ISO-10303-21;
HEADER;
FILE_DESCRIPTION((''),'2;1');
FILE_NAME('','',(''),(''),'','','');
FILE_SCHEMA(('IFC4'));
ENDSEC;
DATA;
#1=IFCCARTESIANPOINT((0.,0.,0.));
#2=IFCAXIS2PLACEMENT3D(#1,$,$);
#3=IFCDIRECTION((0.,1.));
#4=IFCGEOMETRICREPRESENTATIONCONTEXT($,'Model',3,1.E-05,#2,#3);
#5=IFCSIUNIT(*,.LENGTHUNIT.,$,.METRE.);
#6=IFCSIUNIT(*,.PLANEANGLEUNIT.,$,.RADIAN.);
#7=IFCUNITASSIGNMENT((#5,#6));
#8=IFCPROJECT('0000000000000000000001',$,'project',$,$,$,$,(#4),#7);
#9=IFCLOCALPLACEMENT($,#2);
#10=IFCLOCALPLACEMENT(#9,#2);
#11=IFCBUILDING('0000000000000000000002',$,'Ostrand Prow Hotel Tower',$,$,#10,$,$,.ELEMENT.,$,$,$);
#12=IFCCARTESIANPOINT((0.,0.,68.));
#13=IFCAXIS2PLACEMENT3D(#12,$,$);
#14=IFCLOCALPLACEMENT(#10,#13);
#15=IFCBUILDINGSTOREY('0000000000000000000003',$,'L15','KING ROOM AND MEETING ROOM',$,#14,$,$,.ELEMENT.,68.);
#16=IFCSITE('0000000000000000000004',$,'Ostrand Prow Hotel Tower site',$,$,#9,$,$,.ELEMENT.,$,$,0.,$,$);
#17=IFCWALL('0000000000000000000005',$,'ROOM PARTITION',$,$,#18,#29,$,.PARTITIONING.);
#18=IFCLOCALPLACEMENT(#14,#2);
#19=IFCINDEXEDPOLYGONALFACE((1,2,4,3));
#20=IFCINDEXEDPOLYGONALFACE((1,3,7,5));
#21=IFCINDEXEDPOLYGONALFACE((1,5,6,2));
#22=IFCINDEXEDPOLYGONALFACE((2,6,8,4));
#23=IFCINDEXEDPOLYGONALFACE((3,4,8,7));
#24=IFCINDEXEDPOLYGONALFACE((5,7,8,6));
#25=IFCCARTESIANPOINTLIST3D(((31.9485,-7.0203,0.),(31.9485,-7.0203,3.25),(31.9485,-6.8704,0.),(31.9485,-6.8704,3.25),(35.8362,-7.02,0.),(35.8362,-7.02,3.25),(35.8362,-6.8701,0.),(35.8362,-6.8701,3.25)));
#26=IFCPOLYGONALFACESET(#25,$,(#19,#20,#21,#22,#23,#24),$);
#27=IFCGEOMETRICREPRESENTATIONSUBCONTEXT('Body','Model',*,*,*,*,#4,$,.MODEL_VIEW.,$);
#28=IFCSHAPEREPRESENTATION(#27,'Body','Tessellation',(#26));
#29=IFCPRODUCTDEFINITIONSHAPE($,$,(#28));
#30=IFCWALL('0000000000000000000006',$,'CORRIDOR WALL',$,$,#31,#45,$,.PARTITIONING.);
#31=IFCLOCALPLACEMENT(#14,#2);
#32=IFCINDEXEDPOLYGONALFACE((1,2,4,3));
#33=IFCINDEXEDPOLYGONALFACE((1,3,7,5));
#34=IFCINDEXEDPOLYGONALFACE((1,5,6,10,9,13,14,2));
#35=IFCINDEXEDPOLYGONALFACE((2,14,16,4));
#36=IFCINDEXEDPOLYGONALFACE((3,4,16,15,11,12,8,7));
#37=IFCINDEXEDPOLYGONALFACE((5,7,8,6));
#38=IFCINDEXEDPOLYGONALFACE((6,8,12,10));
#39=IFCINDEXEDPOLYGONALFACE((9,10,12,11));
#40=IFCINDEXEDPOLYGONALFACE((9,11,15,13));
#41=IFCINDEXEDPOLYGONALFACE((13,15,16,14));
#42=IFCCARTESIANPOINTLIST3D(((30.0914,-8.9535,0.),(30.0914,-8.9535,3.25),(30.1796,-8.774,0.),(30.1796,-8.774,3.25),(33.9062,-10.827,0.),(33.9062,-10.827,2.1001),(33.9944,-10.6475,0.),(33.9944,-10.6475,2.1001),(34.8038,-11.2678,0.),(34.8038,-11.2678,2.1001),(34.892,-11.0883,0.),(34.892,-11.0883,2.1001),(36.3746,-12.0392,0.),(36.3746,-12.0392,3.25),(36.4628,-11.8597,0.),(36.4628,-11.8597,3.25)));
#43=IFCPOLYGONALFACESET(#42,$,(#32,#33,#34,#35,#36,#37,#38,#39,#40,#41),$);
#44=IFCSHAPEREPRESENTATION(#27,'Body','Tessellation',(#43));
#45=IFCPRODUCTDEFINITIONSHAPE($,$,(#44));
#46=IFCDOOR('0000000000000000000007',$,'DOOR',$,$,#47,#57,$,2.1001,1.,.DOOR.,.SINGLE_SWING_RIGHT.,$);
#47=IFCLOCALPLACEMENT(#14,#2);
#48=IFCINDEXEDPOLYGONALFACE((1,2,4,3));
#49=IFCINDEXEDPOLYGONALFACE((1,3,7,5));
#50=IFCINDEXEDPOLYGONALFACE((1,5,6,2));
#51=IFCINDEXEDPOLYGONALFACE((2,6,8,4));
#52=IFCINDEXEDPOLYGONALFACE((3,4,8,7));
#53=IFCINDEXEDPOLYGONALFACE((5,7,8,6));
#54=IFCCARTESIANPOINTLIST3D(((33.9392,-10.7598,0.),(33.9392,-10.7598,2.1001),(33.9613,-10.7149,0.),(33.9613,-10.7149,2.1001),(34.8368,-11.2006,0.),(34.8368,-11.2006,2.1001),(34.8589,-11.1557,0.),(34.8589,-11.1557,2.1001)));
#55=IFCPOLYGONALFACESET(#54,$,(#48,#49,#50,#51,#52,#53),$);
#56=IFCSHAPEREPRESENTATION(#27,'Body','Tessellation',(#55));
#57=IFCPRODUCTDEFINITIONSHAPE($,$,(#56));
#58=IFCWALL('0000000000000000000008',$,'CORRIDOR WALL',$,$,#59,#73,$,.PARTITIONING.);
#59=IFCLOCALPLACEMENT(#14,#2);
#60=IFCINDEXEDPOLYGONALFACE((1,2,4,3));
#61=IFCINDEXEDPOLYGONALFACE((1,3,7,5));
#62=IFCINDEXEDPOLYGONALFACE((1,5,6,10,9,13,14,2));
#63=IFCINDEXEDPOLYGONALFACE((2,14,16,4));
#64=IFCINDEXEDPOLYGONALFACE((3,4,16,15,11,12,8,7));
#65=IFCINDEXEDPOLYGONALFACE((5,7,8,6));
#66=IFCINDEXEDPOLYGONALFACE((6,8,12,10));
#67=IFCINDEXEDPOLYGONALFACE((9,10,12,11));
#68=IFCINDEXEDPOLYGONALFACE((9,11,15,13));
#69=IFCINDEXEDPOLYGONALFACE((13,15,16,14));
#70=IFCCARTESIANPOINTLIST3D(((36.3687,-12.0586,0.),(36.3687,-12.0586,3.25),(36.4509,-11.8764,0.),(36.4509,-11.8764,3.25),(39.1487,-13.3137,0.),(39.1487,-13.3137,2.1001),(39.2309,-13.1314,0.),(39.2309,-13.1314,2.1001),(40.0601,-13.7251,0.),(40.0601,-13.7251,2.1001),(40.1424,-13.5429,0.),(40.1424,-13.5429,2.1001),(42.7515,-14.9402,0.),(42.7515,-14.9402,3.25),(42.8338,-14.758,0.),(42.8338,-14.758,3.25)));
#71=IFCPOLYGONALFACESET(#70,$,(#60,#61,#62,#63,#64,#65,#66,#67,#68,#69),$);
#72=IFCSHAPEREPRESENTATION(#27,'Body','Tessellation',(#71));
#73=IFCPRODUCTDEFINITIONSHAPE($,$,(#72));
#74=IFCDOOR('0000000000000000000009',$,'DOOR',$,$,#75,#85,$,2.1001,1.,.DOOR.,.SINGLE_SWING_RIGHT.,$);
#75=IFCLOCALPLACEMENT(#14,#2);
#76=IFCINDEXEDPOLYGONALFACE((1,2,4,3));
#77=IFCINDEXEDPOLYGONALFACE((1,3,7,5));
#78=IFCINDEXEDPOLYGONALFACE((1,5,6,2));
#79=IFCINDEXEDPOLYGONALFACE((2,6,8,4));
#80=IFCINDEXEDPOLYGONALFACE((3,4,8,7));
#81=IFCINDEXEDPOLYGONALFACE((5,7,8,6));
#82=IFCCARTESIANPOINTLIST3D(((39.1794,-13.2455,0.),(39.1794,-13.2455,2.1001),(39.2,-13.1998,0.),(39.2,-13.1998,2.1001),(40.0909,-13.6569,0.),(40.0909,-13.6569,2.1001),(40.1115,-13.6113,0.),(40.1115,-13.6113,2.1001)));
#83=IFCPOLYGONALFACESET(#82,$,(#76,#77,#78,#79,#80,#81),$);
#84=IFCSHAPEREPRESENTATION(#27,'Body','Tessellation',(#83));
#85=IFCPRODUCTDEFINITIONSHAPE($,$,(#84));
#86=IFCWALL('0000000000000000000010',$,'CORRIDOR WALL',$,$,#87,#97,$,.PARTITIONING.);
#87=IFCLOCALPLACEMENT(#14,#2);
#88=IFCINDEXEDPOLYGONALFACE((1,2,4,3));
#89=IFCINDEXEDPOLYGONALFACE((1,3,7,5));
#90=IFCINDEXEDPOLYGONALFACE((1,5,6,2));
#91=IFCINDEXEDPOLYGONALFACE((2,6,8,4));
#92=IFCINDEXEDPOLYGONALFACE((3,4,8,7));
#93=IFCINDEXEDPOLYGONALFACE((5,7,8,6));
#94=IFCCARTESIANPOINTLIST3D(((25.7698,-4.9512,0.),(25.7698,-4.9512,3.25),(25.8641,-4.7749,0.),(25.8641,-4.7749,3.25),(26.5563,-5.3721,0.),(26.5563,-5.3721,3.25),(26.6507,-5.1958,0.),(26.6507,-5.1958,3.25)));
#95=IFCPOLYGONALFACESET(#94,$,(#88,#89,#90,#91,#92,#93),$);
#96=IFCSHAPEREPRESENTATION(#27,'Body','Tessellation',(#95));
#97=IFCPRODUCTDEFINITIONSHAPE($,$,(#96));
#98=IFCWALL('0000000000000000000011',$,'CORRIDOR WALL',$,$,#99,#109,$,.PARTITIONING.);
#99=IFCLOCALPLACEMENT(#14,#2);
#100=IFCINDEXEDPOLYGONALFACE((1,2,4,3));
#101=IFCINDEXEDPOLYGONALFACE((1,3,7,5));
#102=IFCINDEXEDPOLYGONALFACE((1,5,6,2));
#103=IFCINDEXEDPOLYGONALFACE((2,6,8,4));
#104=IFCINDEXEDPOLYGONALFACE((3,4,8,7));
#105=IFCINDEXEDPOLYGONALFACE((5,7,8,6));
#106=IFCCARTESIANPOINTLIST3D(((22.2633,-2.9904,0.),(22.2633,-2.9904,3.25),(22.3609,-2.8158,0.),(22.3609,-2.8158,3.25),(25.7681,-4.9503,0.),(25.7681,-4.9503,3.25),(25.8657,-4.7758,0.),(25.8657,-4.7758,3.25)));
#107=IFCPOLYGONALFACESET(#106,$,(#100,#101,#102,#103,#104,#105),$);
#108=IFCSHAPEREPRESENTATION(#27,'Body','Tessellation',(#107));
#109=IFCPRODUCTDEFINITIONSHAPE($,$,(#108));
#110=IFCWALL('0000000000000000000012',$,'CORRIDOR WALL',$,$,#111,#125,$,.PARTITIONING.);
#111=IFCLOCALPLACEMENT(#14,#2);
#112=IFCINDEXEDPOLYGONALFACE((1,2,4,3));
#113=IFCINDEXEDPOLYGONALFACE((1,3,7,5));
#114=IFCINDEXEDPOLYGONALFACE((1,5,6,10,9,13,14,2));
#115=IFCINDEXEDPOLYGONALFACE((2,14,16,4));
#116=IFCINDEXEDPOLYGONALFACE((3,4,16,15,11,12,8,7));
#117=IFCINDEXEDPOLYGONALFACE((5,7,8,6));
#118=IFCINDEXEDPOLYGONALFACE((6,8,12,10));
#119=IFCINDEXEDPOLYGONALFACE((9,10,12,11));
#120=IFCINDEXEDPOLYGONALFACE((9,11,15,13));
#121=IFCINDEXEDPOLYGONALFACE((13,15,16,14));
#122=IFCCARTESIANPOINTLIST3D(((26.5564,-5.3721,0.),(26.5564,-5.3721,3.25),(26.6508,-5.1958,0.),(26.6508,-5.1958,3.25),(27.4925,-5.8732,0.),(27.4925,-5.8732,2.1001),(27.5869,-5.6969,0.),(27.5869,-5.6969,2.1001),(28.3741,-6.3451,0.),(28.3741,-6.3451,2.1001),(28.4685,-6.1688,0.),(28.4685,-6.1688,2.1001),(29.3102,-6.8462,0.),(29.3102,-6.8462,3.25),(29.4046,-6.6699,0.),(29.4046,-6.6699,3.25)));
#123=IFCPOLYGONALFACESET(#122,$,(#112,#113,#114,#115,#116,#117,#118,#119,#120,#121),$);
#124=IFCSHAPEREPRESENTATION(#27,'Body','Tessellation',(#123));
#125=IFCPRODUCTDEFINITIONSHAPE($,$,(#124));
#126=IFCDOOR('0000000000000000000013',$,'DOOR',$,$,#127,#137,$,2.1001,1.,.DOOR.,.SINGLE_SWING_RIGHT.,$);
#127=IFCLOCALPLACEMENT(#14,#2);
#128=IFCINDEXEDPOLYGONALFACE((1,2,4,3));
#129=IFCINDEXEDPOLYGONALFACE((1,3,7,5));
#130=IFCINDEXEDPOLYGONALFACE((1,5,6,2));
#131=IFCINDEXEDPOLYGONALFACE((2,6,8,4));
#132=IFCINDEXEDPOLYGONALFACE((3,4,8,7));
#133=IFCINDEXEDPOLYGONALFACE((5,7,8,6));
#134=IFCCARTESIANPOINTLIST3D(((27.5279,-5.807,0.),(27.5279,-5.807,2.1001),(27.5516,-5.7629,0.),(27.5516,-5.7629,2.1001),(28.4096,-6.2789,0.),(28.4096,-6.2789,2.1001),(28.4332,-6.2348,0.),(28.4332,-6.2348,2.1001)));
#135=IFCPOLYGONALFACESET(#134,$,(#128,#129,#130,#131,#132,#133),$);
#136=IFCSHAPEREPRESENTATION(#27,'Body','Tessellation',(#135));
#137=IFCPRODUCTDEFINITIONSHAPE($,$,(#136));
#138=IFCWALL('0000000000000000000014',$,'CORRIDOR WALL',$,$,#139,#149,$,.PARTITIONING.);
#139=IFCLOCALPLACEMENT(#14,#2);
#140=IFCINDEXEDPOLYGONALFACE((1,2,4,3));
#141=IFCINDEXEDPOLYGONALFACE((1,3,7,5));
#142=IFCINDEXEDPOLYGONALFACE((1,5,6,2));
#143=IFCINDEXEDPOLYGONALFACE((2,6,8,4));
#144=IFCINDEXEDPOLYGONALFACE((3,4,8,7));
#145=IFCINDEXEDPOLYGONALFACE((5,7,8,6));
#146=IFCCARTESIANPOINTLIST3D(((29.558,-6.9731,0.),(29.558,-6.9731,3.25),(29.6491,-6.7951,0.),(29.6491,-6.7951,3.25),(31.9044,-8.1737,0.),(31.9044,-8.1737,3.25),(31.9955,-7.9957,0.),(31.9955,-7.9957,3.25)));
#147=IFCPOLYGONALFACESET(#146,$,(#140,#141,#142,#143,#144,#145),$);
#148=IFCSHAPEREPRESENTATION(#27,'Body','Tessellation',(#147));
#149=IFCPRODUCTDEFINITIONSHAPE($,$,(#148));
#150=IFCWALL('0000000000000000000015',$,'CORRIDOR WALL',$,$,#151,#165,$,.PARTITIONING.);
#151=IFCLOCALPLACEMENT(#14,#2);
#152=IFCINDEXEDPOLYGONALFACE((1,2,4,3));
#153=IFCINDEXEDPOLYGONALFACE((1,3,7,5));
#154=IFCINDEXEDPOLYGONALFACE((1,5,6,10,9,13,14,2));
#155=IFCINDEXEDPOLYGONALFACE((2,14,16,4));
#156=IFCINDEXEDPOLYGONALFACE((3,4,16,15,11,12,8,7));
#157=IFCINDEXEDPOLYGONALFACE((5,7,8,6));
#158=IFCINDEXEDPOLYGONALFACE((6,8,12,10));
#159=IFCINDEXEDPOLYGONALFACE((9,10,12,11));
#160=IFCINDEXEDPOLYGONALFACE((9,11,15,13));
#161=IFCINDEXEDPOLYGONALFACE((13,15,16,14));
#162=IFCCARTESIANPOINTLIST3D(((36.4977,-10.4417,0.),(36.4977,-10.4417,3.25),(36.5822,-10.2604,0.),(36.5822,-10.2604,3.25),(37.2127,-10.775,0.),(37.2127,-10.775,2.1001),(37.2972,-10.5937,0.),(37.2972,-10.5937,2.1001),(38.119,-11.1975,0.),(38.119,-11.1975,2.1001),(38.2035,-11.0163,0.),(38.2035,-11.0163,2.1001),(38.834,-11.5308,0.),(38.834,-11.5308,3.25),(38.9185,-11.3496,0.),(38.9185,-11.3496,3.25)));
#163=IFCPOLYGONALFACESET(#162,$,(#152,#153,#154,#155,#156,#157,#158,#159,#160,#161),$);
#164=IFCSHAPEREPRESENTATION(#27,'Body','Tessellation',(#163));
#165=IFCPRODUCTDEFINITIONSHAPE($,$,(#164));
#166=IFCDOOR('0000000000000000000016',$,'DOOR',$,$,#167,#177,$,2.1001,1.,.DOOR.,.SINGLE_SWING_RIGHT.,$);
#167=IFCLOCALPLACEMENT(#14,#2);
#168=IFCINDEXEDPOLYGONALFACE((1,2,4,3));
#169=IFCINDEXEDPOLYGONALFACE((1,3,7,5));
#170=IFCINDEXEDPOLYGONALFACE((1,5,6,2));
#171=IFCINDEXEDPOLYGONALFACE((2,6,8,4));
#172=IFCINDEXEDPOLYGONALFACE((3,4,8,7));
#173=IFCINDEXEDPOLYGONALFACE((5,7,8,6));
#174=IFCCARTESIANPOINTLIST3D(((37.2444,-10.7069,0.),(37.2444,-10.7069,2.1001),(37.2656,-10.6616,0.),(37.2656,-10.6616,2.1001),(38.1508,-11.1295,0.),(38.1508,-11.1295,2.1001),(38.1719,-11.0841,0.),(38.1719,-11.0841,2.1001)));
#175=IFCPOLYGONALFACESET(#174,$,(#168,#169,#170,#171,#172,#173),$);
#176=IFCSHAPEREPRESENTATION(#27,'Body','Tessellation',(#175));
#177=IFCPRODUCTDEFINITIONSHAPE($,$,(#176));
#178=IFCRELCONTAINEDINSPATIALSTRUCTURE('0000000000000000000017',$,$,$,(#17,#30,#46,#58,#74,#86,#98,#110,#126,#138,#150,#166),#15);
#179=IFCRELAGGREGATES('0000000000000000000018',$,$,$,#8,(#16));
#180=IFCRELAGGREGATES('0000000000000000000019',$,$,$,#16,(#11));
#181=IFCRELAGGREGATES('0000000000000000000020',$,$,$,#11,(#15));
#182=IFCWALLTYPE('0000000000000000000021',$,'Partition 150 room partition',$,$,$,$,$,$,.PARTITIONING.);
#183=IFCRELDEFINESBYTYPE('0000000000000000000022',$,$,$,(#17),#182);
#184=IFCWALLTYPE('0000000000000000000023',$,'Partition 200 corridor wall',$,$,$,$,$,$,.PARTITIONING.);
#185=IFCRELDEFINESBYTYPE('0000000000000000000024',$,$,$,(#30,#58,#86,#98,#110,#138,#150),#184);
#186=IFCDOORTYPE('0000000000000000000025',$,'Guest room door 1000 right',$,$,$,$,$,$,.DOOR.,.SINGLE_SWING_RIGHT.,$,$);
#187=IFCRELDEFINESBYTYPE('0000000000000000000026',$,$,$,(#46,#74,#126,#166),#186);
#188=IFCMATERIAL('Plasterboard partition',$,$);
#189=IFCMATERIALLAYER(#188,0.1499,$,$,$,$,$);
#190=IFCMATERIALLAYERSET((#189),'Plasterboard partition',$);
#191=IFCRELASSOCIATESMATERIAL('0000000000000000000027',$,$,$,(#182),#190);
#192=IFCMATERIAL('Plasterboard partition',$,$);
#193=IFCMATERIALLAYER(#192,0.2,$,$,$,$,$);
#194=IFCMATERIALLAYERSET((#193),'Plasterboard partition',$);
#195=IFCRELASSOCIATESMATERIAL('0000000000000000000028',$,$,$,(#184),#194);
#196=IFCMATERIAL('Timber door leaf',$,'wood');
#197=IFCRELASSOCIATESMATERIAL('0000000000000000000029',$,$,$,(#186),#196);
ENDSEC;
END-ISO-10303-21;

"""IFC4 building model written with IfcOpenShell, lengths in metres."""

from ifc_helpers import new_model, si_unit, direction, frame, frame_2d, origin, place, context, subcontext, project, spatial, rectangle, extrude, material, layer, layer_set, type_object, element, fill, save


model = new_model("IFC4")

# Units and contexts
model_context = context("Model", 3, precision=1e-05, world=origin(), true_north=direction((0.0, 1.0)))
body_context = subcontext(model_context, "Body", "Model", "MODEL_VIEW")
ifc_project = project(units=[si_unit("LENGTHUNIT", "METRE"), si_unit("PLANEANGLEUNIT", "RADIAN")], contexts=[model_context])

# Site, building, storey
site_placement = place(None, origin())
site = spatial("IfcSite", under=ifc_project, at=site_placement, Name="Ostrand Prow Hotel Tower site", CompositionType="ELEMENT", RefElevation=0.0)
building_placement = place(site_placement, origin())
building = spatial("IfcBuilding", under=site, at=building_placement, Name="Ostrand Prow Hotel Tower", CompositionType="ELEMENT")
storey_placement = place(building_placement, frame((0.0, 0.0, 68.0)))
storey = spatial("IfcBuildingStorey", under=building, at=storey_placement, Name="L15", Description="KING ROOM AND MEETING ROOM", CompositionType="ELEMENT", Elevation=68.0)

# Wall
ifc_material_1 = material(Name="Plasterboard partition")
ifc_layer_1 = layer(ifc_material_1, 0.1499)
ifc_layer_set_1 = layer_set([ifc_layer_1], Name="Plasterboard partition")
wall_type_1 = type_object("IfcWallType", Name="Partition 150 room partition", PredefinedType="PARTITIONING", material=ifc_layer_set_1)
wall_1_placement = place(storey_placement, frame((35.8362, -6.9451, 0.0), z_axis=(0.0, 0.0, 1.0), x_axis=(-1.0, -0.000063, 0.0)))
element("IfcWall", 1, at=wall_1_placement, inside=storey, type_object=wall_type_1, Name="ROOM PARTITION", PredefinedType="PARTITIONING", context=body_context, shape_type="SweptSolid", body=[
    extrude(rectangle(XDim=3.8877, YDim=0.1499, at=frame_2d((1.9438, 0.0))), origin(), (0.0, 0.0, 1.0), 3.25),
])

# Walls, openings, doors
ifc_material_2 = material(Name="Plasterboard partition")
ifc_layer_2 = layer(ifc_material_2, 0.2)
ifc_layer_set_2 = layer_set([ifc_layer_2], Name="Plasterboard partition")
wall_type_2 = type_object("IfcWallType", Name="Partition 200 corridor wall", PredefinedType="PARTITIONING", material=ifc_layer_set_2)
wall_2_placement = place(storey_placement, frame((30.1355, -8.8638, 0.0), z_axis=(0.0, 0.0, 1.0), x_axis=(0.897599, -0.440813, 0.0)))
wall_2 = element("IfcWall", 2, at=wall_2_placement, inside=storey, type_object=wall_type_2, Name="CORRIDOR WALL", PredefinedType="PARTITIONING", context=body_context, shape_type="SweptSolid", body=[
    extrude(rectangle(XDim=7.0, YDim=0.2, at=frame_2d((3.5, 0.0))), origin(), (0.0, 0.0, 1.0), 3.25),
])
opening_1_placement = place(wall_2_placement, frame((4.25, 0.0, 0.0)))
opening_1 = element("IfcOpeningElement", 3, at=opening_1_placement, cuts=wall_2, PredefinedType="OPENING", context=body_context, shape_type="SweptSolid", body=[
    extrude(rectangle(XDim=1.0, YDim=2.1001, at=frame_2d((0.5, 1.05))), frame((0.0, 0.1099, 0.0), z_axis=(0.0, -1.0, 0.0), x_axis=(1.0, 0.0, 0.0)), (0.0, 0.0, 1.0), 0.22),
])
ifc_material_3 = material(Name="Timber door leaf", Category="wood")
door_type_1 = type_object("IfcDoorType", Name="Guest room door 1000 right", OperationType="SINGLE_SWING_RIGHT", PredefinedType="DOOR", material=ifc_material_3)
door_1_placement = place(opening_1_placement, origin())
door_1 = element("IfcDoor", 4, at=door_1_placement, inside=storey, type_object=door_type_1, Name="DOOR", OperationType="SINGLE_SWING_RIGHT", OverallHeight=2.1001, OverallWidth=1.0, PredefinedType="DOOR", context=body_context, shape_type="SweptSolid", body=[
    extrude(rectangle(XDim=1.0, YDim=2.1001, at=frame_2d((0.5, 1.05))), frame((0.0, 0.0249, 0.0), z_axis=(0.0, -1.0, 0.0), x_axis=(1.0, 0.0, 0.0)), (0.0, 0.0, 1.0), 0.05),
])
fill(opening_1, door_1)
wall_3_placement = place(storey_placement, frame((36.4099, -11.9675, 0.0), z_axis=(0.0, 0.0, 1.0), x_axis=(0.911422, -0.411472, 0.0)))
wall_3 = element("IfcWall", 5, at=wall_3_placement, inside=storey, type_object=wall_type_2, Name="CORRIDOR WALL", PredefinedType="PARTITIONING", context=body_context, shape_type="SweptSolid", body=[
    extrude(rectangle(XDim=7.0032, YDim=0.2, at=frame_2d((3.5015, 0.0))), origin(), (0.0, 0.0, 1.0), 3.25),
])
opening_2_placement = place(wall_3_placement, frame((3.05, 0.0, 0.0)))
opening_2 = element("IfcOpeningElement", 6, at=opening_2_placement, cuts=wall_3, PredefinedType="OPENING", context=body_context, shape_type="SweptSolid", body=[
    extrude(rectangle(XDim=1.0, YDim=2.1001, at=frame_2d((0.5, 1.05))), frame((0.0, 0.1099, 0.0), z_axis=(0.0, -1.0, 0.0), x_axis=(1.0, 0.0, 0.0)), (0.0, 0.0, 1.0), 0.22),
])
door_2_placement = place(opening_2_placement, origin())
door_2 = element("IfcDoor", 7, at=door_2_placement, inside=storey, type_object=door_type_1, Name="DOOR", OperationType="SINGLE_SWING_RIGHT", OverallHeight=2.1001, OverallWidth=1.0, PredefinedType="DOOR", context=body_context, shape_type="SweptSolid", body=[
    extrude(rectangle(XDim=1.0, YDim=2.1001, at=frame_2d((0.5, 1.05))), frame((0.0, 0.0249, 0.0), z_axis=(0.0, -1.0, 0.0), x_axis=(1.0, 0.0, 0.0)), (0.0, 0.0, 1.0), 0.05),
])
fill(opening_2, door_2)

# Walls
wall_4_placement = place(storey_placement, frame((26.6035, -5.2839, 0.0), z_axis=(0.0, 0.0, 1.0), x_axis=(-0.881716, 0.471781, 0.0)))
element("IfcWall", 8, at=wall_4_placement, inside=storey, type_object=wall_type_2, Name="CORRIDOR WALL", PredefinedType="PARTITIONING", context=body_context, shape_type="SweptSolid", body=[
    extrude(rectangle(XDim=0.8921, YDim=0.2, at=frame_2d((0.446, 0.0))), origin(), (0.0, 0.0, 1.0), 3.25),
])
wall_5_placement = place(storey_placement, frame((25.8169, -4.863, 0.0), z_axis=(0.0, 0.0, 1.0), x_axis=(-0.8728, 0.488078, 0.0)))
element("IfcWall", 9, at=wall_5_placement, inside=storey, type_object=wall_type_2, Name="CORRIDOR WALL", PredefinedType="PARTITIONING", context=body_context, shape_type="SweptSolid", body=[
    extrude(rectangle(XDim=4.0156, YDim=0.2, at=frame_2d((2.0078, 0.0))), origin(), (0.0, 0.0, 1.0), 3.25),
])

# Wall, opening, door
wall_6_placement = place(storey_placement, frame((29.3574, -6.7581, 0.0), z_axis=(0.0, 0.0, 1.0), x_axis=(-0.881638, 0.471926, 0.0)))
wall_6 = element("IfcWall", 10, at=wall_6_placement, inside=storey, type_object=wall_type_2, Name="CORRIDOR WALL", PredefinedType="PARTITIONING", context=body_context, shape_type="SweptSolid", body=[
    extrude(rectangle(XDim=3.1235, YDim=0.2, at=frame_2d((1.5618, 0.0))), origin(), (0.0, 0.0, 1.0), 3.25),
])
opening_3_placement = place(wall_6_placement, frame((1.0618, 0.0, 0.0)))
opening_3 = element("IfcOpeningElement", 11, at=opening_3_placement, cuts=wall_6, PredefinedType="OPENING", context=body_context, shape_type="SweptSolid", body=[
    extrude(rectangle(XDim=1.0, YDim=2.1001, at=frame_2d((0.5, 1.05))), frame((0.0, 0.1099, 0.0), z_axis=(0.0, -1.0, 0.0), x_axis=(1.0, 0.0, 0.0)), (0.0, 0.0, 1.0), 0.22),
])
door_3_placement = place(opening_3_placement, origin())
door_3 = element("IfcDoor", 12, at=door_3_placement, inside=storey, type_object=door_type_1, Name="DOOR", OperationType="SINGLE_SWING_RIGHT", OverallHeight=2.1001, OverallWidth=1.0, PredefinedType="DOOR", context=body_context, shape_type="SweptSolid", body=[
    extrude(rectangle(XDim=1.0, YDim=2.1001, at=frame_2d((0.5, 1.05))), frame((0.0, 0.0249, 0.0), z_axis=(0.0, -1.0, 0.0), x_axis=(1.0, 0.0, 0.0)), (0.0, 0.0, 1.0), 0.05),
])
fill(opening_3, door_3)

# Wall
wall_7_placement = place(storey_placement, frame((31.95, -8.0847, 0.0), z_axis=(0.0, 0.0, 1.0), x_axis=(-0.89022, 0.45553, 0.0)))
element("IfcWall", 13, at=wall_7_placement, inside=storey, type_object=wall_type_2, Name="CORRIDOR WALL", PredefinedType="PARTITIONING", context=body_context, shape_type="SweptSolid", body=[
    extrude(rectangle(XDim=2.6357, YDim=0.2, at=frame_2d((1.3179, 0.0))), origin(), (0.0, 0.0, 1.0), 3.25),
])

# Wall, opening, door
wall_8_placement = place(storey_placement, frame((38.8762, -11.4402, 0.0), z_axis=(0.0, 0.0, 1.0), x_axis=(-0.906348, 0.422533, 0.0)))
wall_8 = element("IfcWall", 14, at=wall_8_placement, inside=storey, type_object=wall_type_2, Name="CORRIDOR WALL", PredefinedType="PARTITIONING", context=body_context, shape_type="SweptSolid", body=[
    extrude(rectangle(XDim=2.5776, YDim=0.2, at=frame_2d((1.2888, 0.0))), origin(), (0.0, 0.0, 1.0), 3.25),
])
opening_4_placement = place(wall_8_placement, frame((0.7888, 0.0, 0.0)))
opening_4 = element("IfcOpeningElement", 15, at=opening_4_placement, cuts=wall_8, PredefinedType="OPENING", context=body_context, shape_type="SweptSolid", body=[
    extrude(rectangle(XDim=1.0, YDim=2.1001, at=frame_2d((0.5, 1.05))), frame((0.0, 0.1099, 0.0), z_axis=(0.0, -1.0, 0.0), x_axis=(1.0, 0.0, 0.0)), (0.0, 0.0, 1.0), 0.22),
])
door_4_placement = place(opening_4_placement, origin())
door_4 = element("IfcDoor", 16, at=door_4_placement, inside=storey, type_object=door_type_1, Name="DOOR", OperationType="SINGLE_SWING_RIGHT", OverallHeight=2.1001, OverallWidth=1.0, PredefinedType="DOOR", context=body_context, shape_type="SweptSolid", body=[
    extrude(rectangle(XDim=1.0, YDim=2.1001, at=frame_2d((0.5, 1.05))), frame((0.0, 0.0249, 0.0), z_axis=(0.0, -1.0, 0.0), x_axis=(1.0, 0.0, 0.0)), (0.0, 0.0, 1.0), 0.05),
])
fill(opening_4, door_4)

save(model, "model.ifc")
